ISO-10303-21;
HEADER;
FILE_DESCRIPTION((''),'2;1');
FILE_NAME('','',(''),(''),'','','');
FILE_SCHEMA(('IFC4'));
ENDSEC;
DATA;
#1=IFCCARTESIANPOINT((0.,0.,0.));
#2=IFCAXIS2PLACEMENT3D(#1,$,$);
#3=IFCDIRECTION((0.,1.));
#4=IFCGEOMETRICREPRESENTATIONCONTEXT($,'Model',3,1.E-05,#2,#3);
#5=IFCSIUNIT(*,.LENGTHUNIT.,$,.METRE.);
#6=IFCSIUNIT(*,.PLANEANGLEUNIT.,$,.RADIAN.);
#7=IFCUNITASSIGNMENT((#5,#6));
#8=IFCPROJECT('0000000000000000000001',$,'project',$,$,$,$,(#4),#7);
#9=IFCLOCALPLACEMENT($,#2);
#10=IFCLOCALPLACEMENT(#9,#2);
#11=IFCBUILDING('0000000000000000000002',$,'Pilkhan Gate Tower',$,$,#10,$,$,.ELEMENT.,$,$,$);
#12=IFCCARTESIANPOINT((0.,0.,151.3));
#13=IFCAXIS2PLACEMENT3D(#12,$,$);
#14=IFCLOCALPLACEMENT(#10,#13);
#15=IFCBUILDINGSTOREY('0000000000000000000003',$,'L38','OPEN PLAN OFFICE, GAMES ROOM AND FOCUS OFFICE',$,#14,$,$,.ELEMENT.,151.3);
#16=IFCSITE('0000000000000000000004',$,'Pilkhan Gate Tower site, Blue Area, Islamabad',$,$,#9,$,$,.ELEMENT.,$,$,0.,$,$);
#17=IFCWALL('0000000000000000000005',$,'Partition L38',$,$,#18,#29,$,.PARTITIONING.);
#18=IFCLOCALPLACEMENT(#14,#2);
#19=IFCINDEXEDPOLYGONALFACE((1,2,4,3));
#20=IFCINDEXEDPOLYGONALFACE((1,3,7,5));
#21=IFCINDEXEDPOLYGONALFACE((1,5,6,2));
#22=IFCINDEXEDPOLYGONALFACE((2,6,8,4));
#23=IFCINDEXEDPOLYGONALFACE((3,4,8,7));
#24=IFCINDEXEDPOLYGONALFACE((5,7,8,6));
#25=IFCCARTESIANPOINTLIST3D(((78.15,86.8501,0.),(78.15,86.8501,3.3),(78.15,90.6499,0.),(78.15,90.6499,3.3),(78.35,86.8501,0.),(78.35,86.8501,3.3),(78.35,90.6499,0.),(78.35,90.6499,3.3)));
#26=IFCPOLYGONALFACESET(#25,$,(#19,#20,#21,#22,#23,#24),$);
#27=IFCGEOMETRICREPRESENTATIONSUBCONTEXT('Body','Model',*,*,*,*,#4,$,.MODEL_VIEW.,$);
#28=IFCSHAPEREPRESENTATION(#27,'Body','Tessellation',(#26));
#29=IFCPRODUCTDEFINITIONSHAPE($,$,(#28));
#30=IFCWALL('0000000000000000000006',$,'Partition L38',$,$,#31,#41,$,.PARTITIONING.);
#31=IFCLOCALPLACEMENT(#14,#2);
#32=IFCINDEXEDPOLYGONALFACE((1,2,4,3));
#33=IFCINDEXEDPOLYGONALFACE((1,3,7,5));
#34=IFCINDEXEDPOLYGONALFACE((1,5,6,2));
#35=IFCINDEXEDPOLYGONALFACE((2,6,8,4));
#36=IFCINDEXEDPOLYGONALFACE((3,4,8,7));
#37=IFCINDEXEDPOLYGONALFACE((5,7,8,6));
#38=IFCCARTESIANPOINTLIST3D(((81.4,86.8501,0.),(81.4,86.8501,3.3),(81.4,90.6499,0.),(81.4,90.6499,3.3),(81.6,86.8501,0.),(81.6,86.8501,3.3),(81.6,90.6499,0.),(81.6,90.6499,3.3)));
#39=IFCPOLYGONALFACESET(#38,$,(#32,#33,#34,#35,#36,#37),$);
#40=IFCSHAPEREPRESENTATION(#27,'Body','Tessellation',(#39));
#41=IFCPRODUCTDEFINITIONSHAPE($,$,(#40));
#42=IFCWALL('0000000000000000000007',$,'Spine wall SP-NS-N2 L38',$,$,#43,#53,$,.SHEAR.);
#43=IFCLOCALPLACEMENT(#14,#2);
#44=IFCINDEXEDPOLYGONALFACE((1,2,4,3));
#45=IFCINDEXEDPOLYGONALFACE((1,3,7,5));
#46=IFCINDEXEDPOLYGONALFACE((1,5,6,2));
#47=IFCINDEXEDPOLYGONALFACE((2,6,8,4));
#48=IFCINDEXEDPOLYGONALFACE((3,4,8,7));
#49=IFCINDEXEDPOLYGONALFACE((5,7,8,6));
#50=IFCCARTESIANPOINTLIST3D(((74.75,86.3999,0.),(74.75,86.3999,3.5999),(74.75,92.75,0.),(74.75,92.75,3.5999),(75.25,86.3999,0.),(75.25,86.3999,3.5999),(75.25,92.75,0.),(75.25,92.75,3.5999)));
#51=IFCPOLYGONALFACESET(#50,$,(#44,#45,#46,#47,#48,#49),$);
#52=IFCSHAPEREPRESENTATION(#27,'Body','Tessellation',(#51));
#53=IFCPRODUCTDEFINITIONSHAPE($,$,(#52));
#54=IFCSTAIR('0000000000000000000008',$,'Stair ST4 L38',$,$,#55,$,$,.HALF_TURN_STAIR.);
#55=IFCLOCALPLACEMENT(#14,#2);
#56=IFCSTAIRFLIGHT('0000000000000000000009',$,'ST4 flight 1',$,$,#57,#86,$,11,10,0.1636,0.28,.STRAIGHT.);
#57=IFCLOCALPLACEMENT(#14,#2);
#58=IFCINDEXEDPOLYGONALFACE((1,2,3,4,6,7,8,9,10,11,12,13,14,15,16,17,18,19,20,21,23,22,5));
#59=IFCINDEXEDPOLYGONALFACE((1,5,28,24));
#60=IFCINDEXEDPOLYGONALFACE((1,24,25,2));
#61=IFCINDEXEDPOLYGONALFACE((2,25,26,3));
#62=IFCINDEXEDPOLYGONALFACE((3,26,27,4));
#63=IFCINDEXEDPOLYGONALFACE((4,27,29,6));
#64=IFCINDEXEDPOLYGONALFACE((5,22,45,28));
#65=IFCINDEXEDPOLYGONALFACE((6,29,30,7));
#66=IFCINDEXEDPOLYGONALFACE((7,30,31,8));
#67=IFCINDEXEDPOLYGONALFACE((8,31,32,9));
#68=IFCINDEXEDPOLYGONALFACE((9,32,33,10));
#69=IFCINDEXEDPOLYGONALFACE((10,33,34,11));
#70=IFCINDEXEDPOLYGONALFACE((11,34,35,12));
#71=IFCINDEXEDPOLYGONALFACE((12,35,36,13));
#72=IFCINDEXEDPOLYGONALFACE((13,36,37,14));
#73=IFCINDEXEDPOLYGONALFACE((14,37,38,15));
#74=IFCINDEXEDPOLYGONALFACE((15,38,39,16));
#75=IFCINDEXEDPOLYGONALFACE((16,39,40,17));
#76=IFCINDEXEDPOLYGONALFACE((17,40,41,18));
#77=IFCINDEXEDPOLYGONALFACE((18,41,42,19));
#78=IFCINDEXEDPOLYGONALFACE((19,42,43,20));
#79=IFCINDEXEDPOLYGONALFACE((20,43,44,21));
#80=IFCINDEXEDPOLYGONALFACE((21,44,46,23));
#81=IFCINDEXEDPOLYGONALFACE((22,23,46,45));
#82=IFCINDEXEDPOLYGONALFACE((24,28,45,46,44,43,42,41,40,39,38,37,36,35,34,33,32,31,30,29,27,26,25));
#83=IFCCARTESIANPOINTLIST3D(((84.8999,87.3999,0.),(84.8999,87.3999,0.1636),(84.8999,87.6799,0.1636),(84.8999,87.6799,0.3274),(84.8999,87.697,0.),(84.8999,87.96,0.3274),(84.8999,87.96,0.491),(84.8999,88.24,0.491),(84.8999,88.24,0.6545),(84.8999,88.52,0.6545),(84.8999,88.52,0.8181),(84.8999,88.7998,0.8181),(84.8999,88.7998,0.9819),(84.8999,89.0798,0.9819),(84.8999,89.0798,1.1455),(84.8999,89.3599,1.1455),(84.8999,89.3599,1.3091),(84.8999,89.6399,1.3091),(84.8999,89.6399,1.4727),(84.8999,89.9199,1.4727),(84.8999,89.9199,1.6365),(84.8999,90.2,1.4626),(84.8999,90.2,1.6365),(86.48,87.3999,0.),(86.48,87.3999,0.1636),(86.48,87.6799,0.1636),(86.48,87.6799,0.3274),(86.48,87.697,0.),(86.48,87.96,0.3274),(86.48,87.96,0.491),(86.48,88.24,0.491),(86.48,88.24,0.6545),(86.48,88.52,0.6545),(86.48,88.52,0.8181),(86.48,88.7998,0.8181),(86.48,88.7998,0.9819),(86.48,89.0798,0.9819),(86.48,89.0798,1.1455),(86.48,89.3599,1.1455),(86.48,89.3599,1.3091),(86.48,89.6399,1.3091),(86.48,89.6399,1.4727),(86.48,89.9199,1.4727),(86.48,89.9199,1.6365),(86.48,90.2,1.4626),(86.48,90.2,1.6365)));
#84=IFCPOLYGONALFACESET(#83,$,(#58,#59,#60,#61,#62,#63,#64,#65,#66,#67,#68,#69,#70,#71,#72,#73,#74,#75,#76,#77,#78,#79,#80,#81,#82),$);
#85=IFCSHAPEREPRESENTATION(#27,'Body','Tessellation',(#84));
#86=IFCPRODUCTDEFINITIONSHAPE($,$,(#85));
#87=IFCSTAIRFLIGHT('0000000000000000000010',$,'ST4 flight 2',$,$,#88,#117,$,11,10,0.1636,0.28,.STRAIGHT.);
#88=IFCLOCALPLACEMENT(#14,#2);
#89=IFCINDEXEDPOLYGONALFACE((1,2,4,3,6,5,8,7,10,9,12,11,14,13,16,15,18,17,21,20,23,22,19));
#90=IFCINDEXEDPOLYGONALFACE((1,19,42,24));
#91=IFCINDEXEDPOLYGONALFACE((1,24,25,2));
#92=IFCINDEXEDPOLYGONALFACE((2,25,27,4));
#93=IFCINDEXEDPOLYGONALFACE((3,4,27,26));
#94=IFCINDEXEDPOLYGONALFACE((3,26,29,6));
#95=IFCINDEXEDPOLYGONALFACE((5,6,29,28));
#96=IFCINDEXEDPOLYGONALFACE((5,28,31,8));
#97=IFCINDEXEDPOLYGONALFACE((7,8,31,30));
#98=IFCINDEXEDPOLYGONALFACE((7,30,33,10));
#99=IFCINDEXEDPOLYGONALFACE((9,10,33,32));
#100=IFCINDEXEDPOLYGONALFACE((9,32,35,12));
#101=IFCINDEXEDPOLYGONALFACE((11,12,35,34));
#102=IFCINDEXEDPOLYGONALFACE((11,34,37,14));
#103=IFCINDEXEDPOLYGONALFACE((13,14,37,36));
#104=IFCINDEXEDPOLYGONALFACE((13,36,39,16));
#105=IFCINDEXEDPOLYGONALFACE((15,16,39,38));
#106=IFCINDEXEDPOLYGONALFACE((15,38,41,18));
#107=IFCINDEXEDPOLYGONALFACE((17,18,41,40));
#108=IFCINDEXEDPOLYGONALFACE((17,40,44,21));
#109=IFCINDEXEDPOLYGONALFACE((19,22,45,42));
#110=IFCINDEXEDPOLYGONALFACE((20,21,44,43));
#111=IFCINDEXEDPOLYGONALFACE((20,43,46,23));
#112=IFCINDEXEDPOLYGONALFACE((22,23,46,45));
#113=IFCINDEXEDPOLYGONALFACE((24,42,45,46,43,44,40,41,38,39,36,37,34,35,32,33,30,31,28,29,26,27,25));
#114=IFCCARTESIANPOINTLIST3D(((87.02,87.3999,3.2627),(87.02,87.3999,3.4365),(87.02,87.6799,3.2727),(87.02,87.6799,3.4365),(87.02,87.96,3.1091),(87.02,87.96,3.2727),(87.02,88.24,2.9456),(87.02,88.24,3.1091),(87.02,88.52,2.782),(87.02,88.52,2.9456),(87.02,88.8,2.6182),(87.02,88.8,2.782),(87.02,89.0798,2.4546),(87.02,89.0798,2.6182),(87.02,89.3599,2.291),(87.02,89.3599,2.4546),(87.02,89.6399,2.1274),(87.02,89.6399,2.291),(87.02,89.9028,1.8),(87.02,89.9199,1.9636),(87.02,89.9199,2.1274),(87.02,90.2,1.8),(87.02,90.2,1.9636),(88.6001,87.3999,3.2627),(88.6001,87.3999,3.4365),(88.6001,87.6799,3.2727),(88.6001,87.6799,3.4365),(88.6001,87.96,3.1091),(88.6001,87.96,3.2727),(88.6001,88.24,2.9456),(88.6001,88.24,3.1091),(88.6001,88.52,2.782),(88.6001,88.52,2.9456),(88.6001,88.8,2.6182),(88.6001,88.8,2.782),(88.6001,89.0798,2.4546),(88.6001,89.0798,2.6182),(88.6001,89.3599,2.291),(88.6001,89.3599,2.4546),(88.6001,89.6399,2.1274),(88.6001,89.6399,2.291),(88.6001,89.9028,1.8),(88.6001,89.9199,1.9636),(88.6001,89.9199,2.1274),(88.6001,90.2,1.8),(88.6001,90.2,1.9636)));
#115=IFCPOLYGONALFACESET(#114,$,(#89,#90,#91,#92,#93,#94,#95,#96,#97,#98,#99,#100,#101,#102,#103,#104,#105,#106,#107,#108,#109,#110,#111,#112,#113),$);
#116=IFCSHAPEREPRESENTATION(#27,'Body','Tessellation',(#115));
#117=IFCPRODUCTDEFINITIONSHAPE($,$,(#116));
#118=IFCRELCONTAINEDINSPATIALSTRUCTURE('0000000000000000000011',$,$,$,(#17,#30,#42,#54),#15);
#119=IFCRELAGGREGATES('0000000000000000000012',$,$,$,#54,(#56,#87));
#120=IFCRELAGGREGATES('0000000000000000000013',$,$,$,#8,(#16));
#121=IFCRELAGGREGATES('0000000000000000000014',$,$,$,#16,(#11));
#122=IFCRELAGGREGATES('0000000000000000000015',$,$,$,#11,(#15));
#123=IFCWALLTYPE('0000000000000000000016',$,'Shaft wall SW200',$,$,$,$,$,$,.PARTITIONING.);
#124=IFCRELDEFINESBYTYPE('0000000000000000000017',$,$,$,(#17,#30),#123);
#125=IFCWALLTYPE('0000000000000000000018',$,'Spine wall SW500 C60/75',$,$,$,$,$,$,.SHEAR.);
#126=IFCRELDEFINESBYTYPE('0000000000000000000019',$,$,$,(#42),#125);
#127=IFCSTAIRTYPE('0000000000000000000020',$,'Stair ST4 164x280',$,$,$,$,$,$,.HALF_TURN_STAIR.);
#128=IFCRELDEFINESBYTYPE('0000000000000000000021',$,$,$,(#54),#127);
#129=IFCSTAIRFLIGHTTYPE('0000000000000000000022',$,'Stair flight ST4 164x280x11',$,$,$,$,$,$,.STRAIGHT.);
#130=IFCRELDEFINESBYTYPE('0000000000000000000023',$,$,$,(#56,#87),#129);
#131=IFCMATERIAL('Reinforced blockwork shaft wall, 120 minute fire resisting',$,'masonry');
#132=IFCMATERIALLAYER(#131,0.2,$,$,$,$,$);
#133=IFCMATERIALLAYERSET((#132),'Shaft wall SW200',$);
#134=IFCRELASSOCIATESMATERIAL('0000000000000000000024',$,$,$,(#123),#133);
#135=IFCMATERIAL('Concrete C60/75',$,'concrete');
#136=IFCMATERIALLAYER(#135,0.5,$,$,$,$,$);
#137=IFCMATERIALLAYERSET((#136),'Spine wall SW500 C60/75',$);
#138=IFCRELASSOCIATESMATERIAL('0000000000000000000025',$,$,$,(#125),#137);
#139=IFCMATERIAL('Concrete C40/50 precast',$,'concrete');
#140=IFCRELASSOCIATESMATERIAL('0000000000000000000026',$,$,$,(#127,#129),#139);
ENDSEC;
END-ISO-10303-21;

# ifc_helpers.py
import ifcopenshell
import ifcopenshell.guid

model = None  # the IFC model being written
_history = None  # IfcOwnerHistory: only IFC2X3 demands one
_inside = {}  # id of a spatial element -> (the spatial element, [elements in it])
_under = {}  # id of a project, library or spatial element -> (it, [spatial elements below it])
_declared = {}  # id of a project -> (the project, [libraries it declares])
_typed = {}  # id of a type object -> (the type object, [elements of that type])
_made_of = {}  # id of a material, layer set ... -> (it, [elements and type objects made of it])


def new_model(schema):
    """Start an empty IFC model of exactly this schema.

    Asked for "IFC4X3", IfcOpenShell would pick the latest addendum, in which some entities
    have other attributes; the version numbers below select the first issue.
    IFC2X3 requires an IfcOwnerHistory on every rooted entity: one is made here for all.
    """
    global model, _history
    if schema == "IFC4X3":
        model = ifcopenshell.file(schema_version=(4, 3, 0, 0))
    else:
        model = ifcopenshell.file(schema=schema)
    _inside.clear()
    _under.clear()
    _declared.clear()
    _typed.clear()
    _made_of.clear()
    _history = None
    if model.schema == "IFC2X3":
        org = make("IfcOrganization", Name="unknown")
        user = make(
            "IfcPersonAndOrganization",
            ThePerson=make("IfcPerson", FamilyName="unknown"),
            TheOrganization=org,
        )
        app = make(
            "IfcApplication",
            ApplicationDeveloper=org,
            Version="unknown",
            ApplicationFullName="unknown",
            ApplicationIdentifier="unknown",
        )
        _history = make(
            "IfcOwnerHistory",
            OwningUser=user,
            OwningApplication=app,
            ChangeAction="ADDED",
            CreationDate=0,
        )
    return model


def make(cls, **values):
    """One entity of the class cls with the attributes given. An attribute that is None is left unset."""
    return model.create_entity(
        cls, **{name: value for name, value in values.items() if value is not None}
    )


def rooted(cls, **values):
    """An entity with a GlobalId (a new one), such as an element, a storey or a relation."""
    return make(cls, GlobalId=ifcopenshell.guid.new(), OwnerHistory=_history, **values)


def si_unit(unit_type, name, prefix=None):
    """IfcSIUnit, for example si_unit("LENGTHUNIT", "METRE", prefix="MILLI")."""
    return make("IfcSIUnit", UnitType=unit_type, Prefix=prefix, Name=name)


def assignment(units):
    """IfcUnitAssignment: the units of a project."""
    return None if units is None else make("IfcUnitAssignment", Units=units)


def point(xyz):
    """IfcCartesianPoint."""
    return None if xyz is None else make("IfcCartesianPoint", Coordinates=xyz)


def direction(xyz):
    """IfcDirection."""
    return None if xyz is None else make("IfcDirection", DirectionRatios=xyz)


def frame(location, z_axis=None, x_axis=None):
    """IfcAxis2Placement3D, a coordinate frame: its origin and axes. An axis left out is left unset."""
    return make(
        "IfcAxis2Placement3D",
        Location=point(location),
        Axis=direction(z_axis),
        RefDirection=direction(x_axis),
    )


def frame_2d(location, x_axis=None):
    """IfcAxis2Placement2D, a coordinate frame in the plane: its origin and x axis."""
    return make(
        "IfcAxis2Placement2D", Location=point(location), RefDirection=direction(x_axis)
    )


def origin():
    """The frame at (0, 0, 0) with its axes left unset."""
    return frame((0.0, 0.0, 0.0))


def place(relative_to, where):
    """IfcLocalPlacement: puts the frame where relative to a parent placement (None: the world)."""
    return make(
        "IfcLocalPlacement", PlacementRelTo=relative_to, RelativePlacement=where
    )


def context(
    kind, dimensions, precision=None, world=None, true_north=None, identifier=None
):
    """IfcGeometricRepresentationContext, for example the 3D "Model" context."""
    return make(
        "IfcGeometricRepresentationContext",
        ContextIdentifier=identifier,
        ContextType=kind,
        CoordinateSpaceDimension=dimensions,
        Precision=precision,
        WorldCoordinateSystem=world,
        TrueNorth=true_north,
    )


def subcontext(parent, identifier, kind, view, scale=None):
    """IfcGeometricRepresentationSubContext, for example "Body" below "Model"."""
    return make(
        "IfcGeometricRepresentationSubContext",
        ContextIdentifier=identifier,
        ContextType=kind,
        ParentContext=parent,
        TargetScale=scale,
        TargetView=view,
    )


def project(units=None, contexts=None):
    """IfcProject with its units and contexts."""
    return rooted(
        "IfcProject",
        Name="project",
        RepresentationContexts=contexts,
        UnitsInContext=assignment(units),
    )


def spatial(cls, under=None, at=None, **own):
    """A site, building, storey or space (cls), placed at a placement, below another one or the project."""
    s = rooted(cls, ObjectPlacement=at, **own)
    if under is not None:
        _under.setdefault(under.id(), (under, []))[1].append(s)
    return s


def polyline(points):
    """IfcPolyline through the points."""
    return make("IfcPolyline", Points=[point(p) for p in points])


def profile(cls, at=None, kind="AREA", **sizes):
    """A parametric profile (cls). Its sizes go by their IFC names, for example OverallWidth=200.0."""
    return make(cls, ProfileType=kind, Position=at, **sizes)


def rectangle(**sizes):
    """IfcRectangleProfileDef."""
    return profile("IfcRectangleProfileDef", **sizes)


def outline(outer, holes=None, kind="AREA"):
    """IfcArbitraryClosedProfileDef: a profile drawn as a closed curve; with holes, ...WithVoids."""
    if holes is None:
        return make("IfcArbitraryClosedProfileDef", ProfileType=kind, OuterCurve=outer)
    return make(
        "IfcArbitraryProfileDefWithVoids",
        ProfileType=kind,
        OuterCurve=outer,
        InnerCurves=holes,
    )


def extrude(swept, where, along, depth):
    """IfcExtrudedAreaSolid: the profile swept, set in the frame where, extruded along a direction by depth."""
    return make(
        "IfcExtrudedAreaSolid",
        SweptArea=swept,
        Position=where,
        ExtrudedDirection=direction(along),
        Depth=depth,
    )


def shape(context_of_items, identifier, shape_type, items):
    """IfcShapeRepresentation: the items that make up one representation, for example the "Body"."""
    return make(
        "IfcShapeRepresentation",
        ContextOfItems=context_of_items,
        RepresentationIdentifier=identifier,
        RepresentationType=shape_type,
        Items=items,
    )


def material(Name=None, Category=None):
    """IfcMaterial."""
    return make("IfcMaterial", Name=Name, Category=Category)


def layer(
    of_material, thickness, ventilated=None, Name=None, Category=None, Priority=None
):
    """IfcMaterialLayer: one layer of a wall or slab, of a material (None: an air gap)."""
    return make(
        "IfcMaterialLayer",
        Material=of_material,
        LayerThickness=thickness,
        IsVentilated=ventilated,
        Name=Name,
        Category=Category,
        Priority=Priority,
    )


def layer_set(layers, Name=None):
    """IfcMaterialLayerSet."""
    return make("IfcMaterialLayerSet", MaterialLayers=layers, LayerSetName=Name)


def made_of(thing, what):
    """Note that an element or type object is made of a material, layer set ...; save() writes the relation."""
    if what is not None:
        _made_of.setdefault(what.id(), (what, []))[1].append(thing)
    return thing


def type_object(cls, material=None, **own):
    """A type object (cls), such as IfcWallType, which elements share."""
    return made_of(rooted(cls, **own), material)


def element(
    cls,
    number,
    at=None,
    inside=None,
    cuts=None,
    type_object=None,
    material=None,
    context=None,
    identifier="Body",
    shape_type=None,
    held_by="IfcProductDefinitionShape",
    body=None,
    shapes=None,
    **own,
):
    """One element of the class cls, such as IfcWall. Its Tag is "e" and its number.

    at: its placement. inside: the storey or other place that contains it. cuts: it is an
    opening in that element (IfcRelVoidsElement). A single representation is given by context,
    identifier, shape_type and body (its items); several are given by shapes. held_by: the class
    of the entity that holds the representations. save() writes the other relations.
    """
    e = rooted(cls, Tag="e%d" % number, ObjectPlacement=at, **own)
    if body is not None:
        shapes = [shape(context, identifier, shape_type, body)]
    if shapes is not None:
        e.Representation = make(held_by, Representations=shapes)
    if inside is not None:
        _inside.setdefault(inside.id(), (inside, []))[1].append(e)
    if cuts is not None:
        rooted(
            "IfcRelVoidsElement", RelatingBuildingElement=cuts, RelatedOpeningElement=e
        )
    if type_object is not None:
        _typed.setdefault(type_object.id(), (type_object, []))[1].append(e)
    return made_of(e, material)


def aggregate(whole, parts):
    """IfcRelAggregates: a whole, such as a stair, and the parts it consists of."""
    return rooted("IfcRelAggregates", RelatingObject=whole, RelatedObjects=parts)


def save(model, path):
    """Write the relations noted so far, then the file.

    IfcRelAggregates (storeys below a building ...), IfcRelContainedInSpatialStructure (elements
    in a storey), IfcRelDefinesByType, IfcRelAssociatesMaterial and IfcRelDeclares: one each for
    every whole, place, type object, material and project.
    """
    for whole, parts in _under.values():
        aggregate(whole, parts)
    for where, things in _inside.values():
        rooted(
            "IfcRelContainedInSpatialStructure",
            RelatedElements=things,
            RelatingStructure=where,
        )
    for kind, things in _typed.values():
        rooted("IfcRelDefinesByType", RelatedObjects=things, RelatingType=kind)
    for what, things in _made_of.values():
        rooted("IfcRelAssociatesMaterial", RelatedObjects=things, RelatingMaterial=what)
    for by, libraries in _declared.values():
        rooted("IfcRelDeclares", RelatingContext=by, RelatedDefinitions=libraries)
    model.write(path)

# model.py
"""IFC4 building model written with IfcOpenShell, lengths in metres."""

from ifc_helpers import new_model, si_unit, direction, frame, frame_2d, origin, place, context, subcontext, project, spatial, polyline, rectangle, outline, extrude, material, layer, layer_set, type_object, element, aggregate, save


model = new_model("IFC4")

# Units and contexts
model_context = context("Model", 3, precision=1e-05, world=origin(), true_north=direction((0.0, 1.0)))
body_context = subcontext(model_context, "Body", "Model", "MODEL_VIEW")
ifc_project = project(units=[si_unit("LENGTHUNIT", "METRE"), si_unit("PLANEANGLEUNIT", "RADIAN")], contexts=[model_context])

# Site, building, storey
site_placement = place(None, origin())
site = spatial("IfcSite", under=ifc_project, at=site_placement, Name="Pilkhan Gate Tower site, Blue Area, Islamabad", CompositionType="ELEMENT", RefElevation=0.0)
building_placement = place(site_placement, origin())
building = spatial("IfcBuilding", under=site, at=building_placement, Name="Pilkhan Gate Tower", CompositionType="ELEMENT")
storey_placement = place(building_placement, frame((0.0, 0.0, 151.3)))
storey = spatial("IfcBuildingStorey", under=building, at=storey_placement, Name="L38", Description="OPEN PLAN OFFICE, GAMES ROOM AND FOCUS OFFICE", CompositionType="ELEMENT", Elevation=151.3)

# Shared definitions
ifc_material_1 = material(Name="Reinforced blockwork shaft wall, 120 minute fire resisting", Category="masonry")
ifc_layer_1 = layer(ifc_material_1, 0.2)
ifc_layer_set_1 = layer_set([ifc_layer_1], Name="Shaft wall SW200")
wall_type_1 = type_object("IfcWallType", Name="Shaft wall SW200", PredefinedType="PARTITIONING", material=ifc_layer_set_1)

# Walls
for number, where, z_axis, x_axis, name in (
    (1, (78.25, 86.8501, 0.0), (0.0, 0.0, 1.0), (0.0, 1.0, 0.0), "Partition L38"),
    (2, (81.5, 86.8501, 0.0), (0.0, 0.0, 1.0), (0.0, 1.0, 0.0), "Partition L38"),
):
    element("IfcWall", number, at=place(storey_placement, frame(where, z_axis=z_axis, x_axis=x_axis)), inside=storey, type_object=wall_type_1, Name=name, PredefinedType="PARTITIONING", context=body_context, shape_type="SweptSolid", body=[
        extrude(rectangle(XDim=3.7998, YDim=0.2, at=frame_2d((1.8999, 0.0))), origin(), (0.0, 0.0, 1.0), 3.3),
    ])
ifc_material_2 = material(Name="Concrete C60/75", Category="concrete")
ifc_layer_2 = layer(ifc_material_2, 0.5)
ifc_layer_set_2 = layer_set([ifc_layer_2], Name="Spine wall SW500 C60/75")
wall_type_2 = type_object("IfcWallType", Name="Spine wall SW500 C60/75", PredefinedType="SHEAR", material=ifc_layer_set_2)
wall_1_placement = place(storey_placement, frame((75.0, 86.3999, 0.0), z_axis=(0.0, 0.0, 1.0), x_axis=(0.0, 1.0, 0.0)))
element("IfcWall", 3, at=wall_1_placement, inside=storey, type_object=wall_type_2, Name="Spine wall SP-NS-N2 L38", PredefinedType="SHEAR", context=body_context, shape_type="SweptSolid", body=[
    extrude(rectangle(XDim=6.3501, YDim=0.5, at=frame_2d((3.175, 0.0))), origin(), (0.0, 0.0, 1.0), 3.5999),
])

# Stair, stair flights
ifc_material_3 = material(Name="Concrete C40/50 precast", Category="concrete")
stair_type = type_object("IfcStairType", Name="Stair ST4 164x280", PredefinedType="HALF_TURN_STAIR", material=ifc_material_3)
stair_placement = place(storey_placement, origin())
stair = element("IfcStair", 4, at=stair_placement, inside=storey, type_object=stair_type, Name="Stair ST4 L38", PredefinedType="HALF_TURN_STAIR")
stair_flight_type = type_object("IfcStairFlightType", Name="Stair flight ST4 164x280x11", PredefinedType="STRAIGHT", material=ifc_material_3)
stair_flight_1_placement = place(storey_placement, frame((85.6899, 87.3999, 0.0), z_axis=(0.0, 0.0, 1.0), x_axis=(0.0, 1.0, 0.0)))
stair_flight_1 = element("IfcStairFlight", 5, at=stair_flight_1_placement, type_object=stair_flight_type, Name="ST4 flight 1", NumberOfRisers=11, NumberOfTreads=10, PredefinedType="STRAIGHT", RiserHeight=0.1636, TreadLength=0.28, context=body_context, shape_type="SweptSolid", body=[
    extrude(outline(polyline([(0.0, 0.0), (0.0, 0.1636), (0.28, 0.1636), (0.28, 0.3274), (0.5601, 0.3274), (0.5601, 0.491), (0.8401, 0.491), (0.8401, 0.6545), (1.1201, 0.6545), (1.1201, 0.8181), (1.3999, 0.8181), (1.3999, 0.9819), (1.6799, 0.9819), (1.6799, 1.1455), (1.96, 1.1455), (1.96, 1.3091), (2.24, 1.3091), (2.24, 1.4727), (2.52, 1.4727), (2.52, 1.6365), (2.8, 1.6365), (2.8, 1.8), (2.8, 1.4626), (0.2971, 0.0), (0.0, 0.0)])), frame((0.0, 0.79, 0.0), z_axis=(0.0, -1.0, 0.0), x_axis=(1.0, 0.0, 0.0)), (0.0, 0.0, 1.0), 1.5801),
])
stair_flight_2_placement = place(storey_placement, frame((87.8101, 90.2, 1.8), z_axis=(0.0, 0.0, 1.0), x_axis=(0.0, -1.0, 0.0)))
stair_flight_2 = element("IfcStairFlight", 6, at=stair_flight_2_placement, type_object=stair_flight_type, Name="ST4 flight 2", NumberOfRisers=11, NumberOfTreads=10, PredefinedType="STRAIGHT", RiserHeight=0.1636, TreadLength=0.28, context=body_context, shape_type="SweptSolid", body=[
    extrude(outline(polyline([(0.0, 0.0), (0.0, 0.1636), (0.28, 0.1636), (0.28, 0.3274), (0.5601, 0.3274), (0.5601, 0.491), (0.8401, 0.491), (0.8401, 0.6545), (1.1201, 0.6545), (1.1201, 0.8181), (1.3999, 0.8181), (1.3999, 0.9819), (1.6799, 0.9819), (1.6799, 1.1455), (1.96, 1.1455), (1.96, 1.3091), (2.24, 1.3091), (2.24, 1.4727), (2.52, 1.4727), (2.52, 1.6365), (2.8, 1.6365), (2.8, 1.8), (2.8, 1.4626), (0.2971, 0.0), (0.0, 0.0)])), frame((0.0, 0.79, 0.0), z_axis=(0.0, -1.0, 0.0), x_axis=(1.0, 0.0, 0.0)), (0.0, 0.0, 1.0), 1.5801),
])
aggregate(stair, [stair_flight_1, stair_flight_2])

save(model, "model.ifc")
